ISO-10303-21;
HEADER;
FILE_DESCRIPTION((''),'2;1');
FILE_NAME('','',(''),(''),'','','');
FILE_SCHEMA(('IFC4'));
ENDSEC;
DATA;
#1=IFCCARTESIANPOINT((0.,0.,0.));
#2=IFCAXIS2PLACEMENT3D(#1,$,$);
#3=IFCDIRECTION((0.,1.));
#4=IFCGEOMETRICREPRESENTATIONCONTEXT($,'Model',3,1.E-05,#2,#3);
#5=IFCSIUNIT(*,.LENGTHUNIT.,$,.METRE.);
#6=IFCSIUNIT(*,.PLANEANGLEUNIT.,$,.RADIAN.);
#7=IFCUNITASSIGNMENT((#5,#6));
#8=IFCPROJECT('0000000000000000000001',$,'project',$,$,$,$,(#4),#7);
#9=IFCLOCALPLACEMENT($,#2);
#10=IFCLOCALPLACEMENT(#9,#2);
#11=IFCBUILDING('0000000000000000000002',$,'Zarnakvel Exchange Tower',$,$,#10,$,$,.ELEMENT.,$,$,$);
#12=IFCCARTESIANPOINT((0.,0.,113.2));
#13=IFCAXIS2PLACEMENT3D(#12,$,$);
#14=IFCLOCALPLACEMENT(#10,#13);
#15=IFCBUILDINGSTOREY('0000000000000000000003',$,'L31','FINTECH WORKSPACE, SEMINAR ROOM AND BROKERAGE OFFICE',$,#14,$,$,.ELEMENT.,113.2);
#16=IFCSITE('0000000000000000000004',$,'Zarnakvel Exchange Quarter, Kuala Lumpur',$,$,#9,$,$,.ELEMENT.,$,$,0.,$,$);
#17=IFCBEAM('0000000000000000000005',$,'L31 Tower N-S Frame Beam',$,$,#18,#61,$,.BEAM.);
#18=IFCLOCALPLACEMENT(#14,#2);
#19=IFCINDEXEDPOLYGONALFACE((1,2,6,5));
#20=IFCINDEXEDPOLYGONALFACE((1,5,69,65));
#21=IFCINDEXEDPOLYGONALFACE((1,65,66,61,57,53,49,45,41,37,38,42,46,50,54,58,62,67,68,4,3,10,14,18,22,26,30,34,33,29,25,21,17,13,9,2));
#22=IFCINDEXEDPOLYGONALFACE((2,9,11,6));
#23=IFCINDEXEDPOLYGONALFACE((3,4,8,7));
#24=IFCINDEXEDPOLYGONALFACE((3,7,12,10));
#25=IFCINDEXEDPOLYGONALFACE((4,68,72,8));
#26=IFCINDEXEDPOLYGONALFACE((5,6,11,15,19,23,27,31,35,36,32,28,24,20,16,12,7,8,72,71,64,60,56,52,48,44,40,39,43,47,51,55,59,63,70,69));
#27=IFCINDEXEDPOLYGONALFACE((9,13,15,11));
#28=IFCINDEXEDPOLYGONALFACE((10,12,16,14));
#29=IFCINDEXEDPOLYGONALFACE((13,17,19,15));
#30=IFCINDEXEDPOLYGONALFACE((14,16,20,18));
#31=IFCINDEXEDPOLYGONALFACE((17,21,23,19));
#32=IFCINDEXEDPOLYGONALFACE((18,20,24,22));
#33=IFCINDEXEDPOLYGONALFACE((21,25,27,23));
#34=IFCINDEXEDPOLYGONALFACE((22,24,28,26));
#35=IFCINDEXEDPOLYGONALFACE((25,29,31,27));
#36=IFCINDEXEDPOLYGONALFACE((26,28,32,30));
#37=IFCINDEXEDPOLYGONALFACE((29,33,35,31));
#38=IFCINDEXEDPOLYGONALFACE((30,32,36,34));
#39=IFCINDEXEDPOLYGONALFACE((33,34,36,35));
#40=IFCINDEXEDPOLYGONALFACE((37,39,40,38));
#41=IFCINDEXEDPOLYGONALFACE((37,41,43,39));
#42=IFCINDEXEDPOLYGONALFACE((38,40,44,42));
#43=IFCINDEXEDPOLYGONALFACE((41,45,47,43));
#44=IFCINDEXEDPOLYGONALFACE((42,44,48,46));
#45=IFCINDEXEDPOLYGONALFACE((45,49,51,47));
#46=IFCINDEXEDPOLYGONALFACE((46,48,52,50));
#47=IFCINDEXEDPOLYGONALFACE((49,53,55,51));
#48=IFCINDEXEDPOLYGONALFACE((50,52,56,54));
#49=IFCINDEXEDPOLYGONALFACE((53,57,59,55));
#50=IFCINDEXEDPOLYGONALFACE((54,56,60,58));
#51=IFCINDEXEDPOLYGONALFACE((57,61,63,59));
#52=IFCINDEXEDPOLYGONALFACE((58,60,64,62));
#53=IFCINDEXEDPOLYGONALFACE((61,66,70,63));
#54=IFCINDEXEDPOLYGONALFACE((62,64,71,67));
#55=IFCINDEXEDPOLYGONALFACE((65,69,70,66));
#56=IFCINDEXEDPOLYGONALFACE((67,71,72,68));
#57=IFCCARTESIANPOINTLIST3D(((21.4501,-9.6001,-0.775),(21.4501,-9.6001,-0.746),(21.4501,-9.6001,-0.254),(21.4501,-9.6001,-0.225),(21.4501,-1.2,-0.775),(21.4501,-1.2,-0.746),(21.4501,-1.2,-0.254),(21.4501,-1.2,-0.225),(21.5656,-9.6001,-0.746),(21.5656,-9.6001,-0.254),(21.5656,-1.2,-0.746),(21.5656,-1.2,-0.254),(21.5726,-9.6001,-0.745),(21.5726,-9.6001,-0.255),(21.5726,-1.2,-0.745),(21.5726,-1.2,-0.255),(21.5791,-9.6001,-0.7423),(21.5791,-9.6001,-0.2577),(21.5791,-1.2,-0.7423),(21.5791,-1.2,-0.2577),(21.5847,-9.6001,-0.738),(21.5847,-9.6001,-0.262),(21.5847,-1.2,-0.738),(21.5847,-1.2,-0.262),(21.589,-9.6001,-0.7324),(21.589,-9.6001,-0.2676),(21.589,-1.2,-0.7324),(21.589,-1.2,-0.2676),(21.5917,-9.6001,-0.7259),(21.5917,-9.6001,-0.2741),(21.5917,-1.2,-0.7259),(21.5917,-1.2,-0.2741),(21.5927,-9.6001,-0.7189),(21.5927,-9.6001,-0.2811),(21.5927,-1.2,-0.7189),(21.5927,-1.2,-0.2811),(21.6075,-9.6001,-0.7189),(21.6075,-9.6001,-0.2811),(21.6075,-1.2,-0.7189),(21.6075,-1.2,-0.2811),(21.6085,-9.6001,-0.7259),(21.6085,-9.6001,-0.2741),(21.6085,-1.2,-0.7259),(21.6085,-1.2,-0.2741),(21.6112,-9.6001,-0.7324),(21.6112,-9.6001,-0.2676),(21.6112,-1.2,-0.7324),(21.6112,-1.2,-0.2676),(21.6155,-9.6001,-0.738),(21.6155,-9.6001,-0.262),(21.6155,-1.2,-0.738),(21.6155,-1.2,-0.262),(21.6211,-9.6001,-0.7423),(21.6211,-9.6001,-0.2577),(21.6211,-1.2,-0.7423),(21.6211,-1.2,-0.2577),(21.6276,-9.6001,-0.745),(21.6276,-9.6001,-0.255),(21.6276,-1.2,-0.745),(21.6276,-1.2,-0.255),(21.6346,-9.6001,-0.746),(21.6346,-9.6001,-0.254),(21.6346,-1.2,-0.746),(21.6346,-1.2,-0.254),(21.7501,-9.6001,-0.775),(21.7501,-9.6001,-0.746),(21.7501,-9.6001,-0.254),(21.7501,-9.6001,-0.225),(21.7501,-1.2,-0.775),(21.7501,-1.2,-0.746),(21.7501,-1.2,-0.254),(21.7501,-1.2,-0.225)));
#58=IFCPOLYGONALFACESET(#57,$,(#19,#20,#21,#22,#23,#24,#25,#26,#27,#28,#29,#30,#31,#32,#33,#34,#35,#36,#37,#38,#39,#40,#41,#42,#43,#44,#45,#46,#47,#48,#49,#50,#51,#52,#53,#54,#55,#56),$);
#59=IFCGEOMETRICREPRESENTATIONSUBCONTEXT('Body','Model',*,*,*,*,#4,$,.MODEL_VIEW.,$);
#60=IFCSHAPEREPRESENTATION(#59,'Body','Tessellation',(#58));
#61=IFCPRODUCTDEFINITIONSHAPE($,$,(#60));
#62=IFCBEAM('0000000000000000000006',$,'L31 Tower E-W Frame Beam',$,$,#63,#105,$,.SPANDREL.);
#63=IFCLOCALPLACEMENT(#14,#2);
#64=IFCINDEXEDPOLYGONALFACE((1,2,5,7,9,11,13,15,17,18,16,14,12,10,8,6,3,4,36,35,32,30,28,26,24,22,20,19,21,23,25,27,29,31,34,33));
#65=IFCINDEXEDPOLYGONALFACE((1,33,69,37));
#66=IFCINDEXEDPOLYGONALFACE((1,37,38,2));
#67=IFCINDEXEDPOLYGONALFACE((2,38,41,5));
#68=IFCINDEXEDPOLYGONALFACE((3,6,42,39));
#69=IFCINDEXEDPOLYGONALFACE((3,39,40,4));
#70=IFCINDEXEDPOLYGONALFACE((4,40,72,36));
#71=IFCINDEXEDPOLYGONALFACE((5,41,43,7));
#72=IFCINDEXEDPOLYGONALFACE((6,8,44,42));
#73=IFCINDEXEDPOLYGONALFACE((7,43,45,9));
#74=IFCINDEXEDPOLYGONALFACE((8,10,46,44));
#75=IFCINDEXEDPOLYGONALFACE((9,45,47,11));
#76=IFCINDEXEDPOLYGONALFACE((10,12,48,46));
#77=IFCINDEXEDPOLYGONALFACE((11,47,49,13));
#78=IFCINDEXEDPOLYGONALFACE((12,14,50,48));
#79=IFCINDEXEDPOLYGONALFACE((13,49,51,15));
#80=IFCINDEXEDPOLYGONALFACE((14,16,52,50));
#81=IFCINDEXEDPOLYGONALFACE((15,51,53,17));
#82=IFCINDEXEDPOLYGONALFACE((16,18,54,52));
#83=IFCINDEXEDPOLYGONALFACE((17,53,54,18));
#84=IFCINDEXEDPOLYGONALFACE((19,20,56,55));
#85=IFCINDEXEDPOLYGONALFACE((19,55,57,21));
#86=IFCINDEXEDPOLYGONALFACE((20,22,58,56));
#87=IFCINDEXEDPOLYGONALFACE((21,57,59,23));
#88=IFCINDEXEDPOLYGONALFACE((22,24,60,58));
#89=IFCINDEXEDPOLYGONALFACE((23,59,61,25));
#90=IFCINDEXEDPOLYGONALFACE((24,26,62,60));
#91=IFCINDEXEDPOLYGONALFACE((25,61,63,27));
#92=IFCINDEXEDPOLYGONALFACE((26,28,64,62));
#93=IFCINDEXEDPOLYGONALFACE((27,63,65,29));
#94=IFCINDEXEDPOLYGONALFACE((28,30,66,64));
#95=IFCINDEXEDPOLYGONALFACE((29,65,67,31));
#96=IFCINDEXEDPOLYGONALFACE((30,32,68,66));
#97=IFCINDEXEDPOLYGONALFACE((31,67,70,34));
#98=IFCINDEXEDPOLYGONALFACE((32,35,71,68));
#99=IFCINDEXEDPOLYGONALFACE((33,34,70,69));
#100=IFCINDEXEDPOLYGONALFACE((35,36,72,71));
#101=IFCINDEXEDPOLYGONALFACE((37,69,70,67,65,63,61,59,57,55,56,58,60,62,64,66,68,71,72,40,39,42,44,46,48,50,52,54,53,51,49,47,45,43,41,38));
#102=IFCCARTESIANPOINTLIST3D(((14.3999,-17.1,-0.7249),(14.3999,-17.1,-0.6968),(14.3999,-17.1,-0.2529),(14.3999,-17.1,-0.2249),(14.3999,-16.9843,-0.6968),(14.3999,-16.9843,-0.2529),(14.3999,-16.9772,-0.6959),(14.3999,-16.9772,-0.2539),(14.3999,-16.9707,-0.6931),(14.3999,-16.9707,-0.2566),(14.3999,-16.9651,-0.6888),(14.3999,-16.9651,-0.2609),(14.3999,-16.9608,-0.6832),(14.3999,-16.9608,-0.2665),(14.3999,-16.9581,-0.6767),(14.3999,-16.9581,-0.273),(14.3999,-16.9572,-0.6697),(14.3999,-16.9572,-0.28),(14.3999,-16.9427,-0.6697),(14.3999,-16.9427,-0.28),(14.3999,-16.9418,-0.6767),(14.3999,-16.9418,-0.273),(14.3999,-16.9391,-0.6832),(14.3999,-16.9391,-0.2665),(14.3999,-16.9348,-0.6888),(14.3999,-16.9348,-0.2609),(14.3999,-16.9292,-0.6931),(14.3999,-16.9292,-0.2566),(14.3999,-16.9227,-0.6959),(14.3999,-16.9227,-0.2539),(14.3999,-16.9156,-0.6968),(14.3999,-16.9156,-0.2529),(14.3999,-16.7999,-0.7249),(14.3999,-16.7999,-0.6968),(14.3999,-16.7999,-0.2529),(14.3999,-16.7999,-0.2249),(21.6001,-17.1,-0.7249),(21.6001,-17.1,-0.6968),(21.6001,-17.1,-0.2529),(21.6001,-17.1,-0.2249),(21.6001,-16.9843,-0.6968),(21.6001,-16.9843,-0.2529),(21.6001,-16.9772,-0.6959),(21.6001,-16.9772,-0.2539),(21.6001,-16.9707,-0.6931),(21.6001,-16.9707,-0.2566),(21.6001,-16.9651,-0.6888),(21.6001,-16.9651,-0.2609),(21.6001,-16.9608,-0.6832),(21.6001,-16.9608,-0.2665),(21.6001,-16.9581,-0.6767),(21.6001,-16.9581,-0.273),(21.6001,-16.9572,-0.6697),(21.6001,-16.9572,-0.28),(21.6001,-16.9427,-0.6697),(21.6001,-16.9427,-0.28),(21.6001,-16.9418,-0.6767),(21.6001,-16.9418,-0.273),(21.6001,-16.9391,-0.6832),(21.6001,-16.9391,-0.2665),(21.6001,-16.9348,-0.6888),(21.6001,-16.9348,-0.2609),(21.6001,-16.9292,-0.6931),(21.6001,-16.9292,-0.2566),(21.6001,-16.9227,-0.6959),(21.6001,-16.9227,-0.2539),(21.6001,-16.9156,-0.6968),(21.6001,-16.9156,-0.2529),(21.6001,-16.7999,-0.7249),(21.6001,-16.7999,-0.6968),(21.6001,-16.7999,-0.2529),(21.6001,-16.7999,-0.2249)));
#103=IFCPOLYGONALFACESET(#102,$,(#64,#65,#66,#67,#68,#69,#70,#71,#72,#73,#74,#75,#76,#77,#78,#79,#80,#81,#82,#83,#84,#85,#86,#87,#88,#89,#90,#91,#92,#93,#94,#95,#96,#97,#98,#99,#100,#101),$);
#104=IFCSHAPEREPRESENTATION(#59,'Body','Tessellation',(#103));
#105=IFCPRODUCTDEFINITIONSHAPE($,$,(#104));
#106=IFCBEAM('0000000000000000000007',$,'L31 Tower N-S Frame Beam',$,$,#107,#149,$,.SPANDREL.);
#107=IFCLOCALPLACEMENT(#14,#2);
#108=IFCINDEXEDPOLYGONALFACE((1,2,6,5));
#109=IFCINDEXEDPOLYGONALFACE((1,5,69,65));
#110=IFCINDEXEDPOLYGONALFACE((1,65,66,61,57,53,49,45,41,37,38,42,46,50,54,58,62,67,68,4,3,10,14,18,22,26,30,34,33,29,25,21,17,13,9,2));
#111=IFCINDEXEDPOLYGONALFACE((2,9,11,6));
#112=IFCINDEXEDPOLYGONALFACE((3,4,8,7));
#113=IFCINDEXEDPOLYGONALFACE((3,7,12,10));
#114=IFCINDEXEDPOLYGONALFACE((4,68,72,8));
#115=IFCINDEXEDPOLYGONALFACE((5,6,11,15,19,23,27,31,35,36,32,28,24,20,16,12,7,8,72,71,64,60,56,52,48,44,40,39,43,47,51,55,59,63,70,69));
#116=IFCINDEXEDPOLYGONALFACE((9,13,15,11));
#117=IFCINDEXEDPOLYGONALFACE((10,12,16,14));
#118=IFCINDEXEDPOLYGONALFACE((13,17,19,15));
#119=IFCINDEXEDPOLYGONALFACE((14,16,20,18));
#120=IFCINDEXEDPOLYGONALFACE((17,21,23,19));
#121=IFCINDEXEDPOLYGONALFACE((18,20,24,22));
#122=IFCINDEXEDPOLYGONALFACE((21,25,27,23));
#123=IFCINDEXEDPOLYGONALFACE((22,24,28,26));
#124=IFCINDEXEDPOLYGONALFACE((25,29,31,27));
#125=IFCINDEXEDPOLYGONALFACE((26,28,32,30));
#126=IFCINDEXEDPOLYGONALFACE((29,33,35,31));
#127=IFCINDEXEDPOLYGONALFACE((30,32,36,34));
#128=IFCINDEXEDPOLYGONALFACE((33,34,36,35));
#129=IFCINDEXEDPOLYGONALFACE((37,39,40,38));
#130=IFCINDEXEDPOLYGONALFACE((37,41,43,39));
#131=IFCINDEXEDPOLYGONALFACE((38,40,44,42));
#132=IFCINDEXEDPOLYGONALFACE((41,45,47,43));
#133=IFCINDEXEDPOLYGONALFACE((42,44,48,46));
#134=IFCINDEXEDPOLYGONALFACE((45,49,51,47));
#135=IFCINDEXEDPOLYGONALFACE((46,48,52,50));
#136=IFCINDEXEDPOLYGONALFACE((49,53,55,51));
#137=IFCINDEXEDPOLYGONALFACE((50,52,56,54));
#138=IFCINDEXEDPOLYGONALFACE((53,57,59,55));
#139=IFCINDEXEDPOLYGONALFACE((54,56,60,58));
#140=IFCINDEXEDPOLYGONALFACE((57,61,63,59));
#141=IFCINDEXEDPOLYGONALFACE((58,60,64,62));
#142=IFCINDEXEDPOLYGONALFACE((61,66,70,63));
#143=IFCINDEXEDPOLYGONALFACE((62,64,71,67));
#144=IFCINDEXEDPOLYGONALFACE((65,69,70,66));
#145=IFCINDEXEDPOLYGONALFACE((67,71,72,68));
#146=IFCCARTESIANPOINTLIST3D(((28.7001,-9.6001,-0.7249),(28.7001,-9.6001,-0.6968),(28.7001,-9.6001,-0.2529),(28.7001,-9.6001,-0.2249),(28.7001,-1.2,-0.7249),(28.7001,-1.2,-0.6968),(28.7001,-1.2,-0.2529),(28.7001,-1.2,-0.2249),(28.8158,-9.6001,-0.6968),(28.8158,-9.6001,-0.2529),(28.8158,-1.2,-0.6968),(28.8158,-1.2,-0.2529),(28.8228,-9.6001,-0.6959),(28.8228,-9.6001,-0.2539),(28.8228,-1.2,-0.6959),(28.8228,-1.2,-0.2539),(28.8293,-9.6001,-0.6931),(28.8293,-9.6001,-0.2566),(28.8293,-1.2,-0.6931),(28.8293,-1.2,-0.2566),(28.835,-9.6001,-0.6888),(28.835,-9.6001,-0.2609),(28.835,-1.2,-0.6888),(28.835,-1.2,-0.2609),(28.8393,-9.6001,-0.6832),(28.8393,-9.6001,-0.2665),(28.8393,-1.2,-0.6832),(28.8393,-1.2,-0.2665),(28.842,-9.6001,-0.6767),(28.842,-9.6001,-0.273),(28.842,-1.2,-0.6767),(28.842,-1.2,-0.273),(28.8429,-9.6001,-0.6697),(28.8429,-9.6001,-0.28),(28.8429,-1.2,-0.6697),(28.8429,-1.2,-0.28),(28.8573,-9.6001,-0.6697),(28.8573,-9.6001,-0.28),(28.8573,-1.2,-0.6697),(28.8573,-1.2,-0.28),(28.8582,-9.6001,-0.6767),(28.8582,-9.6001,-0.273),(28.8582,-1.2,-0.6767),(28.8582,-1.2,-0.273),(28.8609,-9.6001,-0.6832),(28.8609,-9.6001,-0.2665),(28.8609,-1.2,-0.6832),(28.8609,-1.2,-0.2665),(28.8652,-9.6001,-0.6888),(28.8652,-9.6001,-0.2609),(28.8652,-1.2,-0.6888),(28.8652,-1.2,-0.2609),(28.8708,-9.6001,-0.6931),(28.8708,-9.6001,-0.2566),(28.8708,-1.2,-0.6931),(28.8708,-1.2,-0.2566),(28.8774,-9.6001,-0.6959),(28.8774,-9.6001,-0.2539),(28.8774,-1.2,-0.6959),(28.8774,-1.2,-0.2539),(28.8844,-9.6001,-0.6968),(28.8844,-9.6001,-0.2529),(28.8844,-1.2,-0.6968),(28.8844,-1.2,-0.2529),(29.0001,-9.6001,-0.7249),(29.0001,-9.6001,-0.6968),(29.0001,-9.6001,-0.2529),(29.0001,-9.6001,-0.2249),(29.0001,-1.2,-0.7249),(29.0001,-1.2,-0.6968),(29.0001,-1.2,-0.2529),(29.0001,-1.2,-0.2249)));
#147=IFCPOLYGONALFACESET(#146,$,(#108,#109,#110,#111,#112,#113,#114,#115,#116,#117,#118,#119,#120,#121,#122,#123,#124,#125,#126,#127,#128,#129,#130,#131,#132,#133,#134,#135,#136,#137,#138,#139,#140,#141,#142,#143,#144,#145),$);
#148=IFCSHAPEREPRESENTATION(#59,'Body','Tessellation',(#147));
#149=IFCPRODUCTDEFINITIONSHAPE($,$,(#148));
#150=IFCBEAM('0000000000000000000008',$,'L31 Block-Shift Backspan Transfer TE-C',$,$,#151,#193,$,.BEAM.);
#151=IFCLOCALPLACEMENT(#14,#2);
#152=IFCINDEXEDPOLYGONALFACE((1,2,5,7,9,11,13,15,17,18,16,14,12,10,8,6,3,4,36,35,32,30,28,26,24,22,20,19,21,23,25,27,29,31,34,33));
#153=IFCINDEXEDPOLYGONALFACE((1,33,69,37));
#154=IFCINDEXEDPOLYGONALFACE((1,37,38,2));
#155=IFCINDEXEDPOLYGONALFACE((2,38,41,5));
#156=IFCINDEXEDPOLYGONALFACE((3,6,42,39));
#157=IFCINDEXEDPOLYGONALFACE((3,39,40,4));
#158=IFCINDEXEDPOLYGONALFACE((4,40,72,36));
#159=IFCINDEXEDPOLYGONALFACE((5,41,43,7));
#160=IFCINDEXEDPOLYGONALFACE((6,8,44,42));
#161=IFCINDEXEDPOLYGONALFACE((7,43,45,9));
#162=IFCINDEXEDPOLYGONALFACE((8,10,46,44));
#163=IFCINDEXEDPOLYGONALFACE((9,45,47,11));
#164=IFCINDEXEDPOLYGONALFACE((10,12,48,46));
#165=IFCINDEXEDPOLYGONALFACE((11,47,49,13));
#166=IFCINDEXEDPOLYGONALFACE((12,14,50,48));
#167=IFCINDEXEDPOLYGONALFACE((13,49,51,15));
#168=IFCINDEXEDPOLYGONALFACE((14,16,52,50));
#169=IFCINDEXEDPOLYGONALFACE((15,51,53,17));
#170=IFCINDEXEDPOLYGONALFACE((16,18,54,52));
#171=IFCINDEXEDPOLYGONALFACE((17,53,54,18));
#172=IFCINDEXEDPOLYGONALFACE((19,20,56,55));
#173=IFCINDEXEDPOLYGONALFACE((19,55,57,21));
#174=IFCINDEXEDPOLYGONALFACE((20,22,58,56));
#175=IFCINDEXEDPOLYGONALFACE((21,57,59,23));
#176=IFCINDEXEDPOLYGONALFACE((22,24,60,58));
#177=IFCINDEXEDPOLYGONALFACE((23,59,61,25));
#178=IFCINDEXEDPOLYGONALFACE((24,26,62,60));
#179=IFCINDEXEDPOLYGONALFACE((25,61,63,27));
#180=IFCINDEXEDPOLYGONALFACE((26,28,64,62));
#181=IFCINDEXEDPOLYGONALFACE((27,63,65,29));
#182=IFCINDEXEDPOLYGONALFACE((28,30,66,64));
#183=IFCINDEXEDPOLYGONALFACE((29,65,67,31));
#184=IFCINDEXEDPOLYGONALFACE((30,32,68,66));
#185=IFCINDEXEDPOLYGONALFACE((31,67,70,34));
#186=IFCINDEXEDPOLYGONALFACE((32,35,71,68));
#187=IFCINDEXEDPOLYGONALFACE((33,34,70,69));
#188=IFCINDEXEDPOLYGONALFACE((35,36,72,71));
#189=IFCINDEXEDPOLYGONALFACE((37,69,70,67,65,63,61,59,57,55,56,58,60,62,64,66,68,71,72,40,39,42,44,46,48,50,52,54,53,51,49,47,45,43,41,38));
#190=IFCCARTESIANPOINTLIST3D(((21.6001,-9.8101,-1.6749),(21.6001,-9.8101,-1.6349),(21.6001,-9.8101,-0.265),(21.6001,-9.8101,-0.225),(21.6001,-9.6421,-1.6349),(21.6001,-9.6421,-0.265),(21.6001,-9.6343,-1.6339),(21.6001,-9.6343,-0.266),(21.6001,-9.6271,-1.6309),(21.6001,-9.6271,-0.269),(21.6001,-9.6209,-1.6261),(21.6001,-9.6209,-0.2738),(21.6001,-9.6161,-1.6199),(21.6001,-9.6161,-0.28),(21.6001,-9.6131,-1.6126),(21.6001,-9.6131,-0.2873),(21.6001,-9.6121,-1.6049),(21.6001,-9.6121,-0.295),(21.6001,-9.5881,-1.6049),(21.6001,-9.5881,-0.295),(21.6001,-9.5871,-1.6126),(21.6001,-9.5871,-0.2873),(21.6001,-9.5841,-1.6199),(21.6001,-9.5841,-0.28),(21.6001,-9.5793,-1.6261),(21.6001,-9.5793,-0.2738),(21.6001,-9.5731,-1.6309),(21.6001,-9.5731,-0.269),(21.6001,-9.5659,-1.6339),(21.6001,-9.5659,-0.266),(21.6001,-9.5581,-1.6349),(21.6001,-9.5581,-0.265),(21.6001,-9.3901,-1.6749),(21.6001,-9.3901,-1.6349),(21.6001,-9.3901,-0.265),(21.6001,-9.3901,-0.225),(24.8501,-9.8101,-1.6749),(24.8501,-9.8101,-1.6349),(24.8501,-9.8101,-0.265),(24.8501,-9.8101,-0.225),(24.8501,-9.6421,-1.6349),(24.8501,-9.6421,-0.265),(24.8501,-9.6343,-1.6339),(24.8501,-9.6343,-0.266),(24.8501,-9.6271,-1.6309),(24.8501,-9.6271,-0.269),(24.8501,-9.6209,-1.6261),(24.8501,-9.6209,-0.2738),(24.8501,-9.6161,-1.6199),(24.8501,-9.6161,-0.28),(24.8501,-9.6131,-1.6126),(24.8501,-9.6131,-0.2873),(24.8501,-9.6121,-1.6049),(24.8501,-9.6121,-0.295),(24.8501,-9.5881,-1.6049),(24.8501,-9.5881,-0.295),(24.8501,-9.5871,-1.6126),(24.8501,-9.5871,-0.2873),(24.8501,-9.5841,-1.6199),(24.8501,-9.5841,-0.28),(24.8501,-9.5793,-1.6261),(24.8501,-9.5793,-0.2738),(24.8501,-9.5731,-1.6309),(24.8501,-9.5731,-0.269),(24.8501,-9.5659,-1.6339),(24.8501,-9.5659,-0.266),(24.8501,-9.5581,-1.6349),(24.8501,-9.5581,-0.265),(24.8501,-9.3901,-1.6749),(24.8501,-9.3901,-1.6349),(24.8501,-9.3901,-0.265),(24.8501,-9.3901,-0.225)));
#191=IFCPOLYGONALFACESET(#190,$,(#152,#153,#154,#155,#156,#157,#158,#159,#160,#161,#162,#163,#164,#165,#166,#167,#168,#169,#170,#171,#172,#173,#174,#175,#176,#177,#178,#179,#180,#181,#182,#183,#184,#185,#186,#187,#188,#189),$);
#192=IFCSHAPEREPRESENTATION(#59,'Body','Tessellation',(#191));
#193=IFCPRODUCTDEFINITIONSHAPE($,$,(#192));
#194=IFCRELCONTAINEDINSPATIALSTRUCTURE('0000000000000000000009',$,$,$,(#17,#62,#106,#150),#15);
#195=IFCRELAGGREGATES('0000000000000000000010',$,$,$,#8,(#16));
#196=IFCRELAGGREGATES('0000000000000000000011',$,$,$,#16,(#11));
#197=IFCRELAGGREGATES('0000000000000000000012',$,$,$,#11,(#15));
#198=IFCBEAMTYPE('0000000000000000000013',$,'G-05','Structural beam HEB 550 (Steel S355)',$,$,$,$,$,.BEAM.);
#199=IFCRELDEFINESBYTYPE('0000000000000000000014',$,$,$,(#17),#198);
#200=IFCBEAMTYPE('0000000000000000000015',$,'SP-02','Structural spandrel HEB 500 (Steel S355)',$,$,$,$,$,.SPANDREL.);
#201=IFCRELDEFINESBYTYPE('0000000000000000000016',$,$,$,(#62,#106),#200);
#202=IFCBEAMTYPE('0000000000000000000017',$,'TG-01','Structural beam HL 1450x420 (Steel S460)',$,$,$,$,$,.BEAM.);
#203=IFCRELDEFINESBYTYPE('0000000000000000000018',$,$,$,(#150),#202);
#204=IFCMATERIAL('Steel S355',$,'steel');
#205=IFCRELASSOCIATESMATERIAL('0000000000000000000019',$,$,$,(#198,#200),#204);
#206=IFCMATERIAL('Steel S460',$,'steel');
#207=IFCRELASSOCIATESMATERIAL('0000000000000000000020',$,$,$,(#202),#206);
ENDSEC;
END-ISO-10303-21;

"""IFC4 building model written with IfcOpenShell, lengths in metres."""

from ifc_helpers import new_model, si_unit, direction, frame, origin, origin_2d, place, context, subcontext, project, spatial, i_section, extrude, material, material_profile, profile_set, type_object, element, save


model = new_model("IFC4")

# Units and contexts
model_context = context("Model", 3, precision=1e-05, world=origin(), true_north=direction((0.0, 1.0)))
body_context = subcontext(model_context, "Body", "Model", "MODEL_VIEW")
ifc_project = project(units=[si_unit("LENGTHUNIT", "METRE"), si_unit("PLANEANGLEUNIT", "RADIAN")], contexts=[model_context])

# Site, building, storey
site_placement = place(None, origin())
site = spatial("IfcSite", under=ifc_project, at=site_placement, Name="Zarnakvel Exchange Quarter, Kuala Lumpur", CompositionType="ELEMENT", RefElevation=0.0)
building_placement = place(site_placement, origin())
building = spatial("IfcBuilding", under=site, at=building_placement, Name="Zarnakvel Exchange Tower", CompositionType="ELEMENT")
storey_placement = place(building_placement, frame((0.0, 0.0, 113.2)))
storey = spatial("IfcBuildingStorey", under=building, at=storey_placement, Name="L31", Description="FINTECH WORKSPACE, SEMINAR ROOM AND BROKERAGE OFFICE", CompositionType="ELEMENT", Elevation=113.2)

# Shared definitions
ifc_material_1 = material(Name="Steel S355", Category="steel")

# Beams
ifc_material_profile_1 = material_profile(ifc_material_1, i_section(OverallWidth=0.3, OverallDepth=0.55, WebThickness=0.0149, FlangeThickness=0.0291, FilletRadius=0.0271, at=origin_2d()))
ifc_profile_set_1 = profile_set([ifc_material_profile_1], Name="Steel S355")
beam_type_1 = type_object("IfcBeamType", Name="G-05", Description="Structural beam HEB 550 (Steel S355)", PredefinedType="BEAM", material=ifc_profile_set_1)
beam_1_placement = place(storey_placement, frame((21.6001, -9.6001, -0.5), z_axis=(0.0, 1.0, 0.0), x_axis=(-1.0, 0.0, 0.0)))
element("IfcBeam", 1, at=beam_1_placement, inside=storey, type_object=beam_type_1, Name="L31 Tower N-S Frame Beam", PredefinedType="BEAM", context=body_context, shape_type="SweptSolid", body=[
    extrude(i_section(OverallWidth=0.3, OverallDepth=0.55, WebThickness=0.0149, FlangeThickness=0.0291, FilletRadius=0.0271, at=origin_2d()), origin(), (0.0, 0.0, 1.0), 8.4001),
])
ifc_material_profile_2 = material_profile(ifc_material_1, i_section(OverallWidth=0.3, OverallDepth=0.5, WebThickness=0.0144, FlangeThickness=0.0281, FilletRadius=0.0271, at=origin_2d()))
ifc_profile_set_2 = profile_set([ifc_material_profile_2], Name="Steel S355")
beam_type_2 = type_object("IfcBeamType", Name="SP-02", Description="Structural spandrel HEB 500 (Steel S355)", PredefinedType="SPANDREL", material=ifc_profile_set_2)
beam_2_placement = place(storey_placement, frame((14.3999, -16.95, -0.4749), z_axis=(1.0, 0.0, 0.0), x_axis=(0.0, 1.0, 0.0)))
element("IfcBeam", 2, at=beam_2_placement, inside=storey, type_object=beam_type_2, Name="L31 Tower E-W Frame Beam", PredefinedType="SPANDREL", context=body_context, shape_type="SweptSolid", body=[
    extrude(i_section(OverallWidth=0.3, OverallDepth=0.5, WebThickness=0.0144, FlangeThickness=0.0281, FilletRadius=0.0271, at=origin_2d()), origin(), (0.0, 0.0, 1.0), 7.2002),
])
beam_3_placement = place(storey_placement, frame((28.8501, -9.6001, -0.4749), z_axis=(0.0, 1.0, 0.0), x_axis=(-1.0, 0.0, 0.0)))
element("IfcBeam", 3, at=beam_3_placement, inside=storey, type_object=beam_type_2, Name="L31 Tower N-S Frame Beam", PredefinedType="SPANDREL", context=body_context, shape_type="SweptSolid", body=[
    extrude(i_section(OverallWidth=0.3, OverallDepth=0.5, WebThickness=0.0144, FlangeThickness=0.0281, FilletRadius=0.0271, at=origin_2d()), origin(), (0.0, 0.0, 1.0), 8.4001),
])
ifc_material_2 = material(Name="Steel S460", Category="steel")
ifc_material_profile_3 = material_profile(ifc_material_2, i_section(OverallWidth=0.4199, OverallDepth=1.45, WebThickness=0.0239, FlangeThickness=0.04, FilletRadius=0.03, at=origin_2d()))
ifc_profile_set_3 = profile_set([ifc_material_profile_3], Name="Steel S460")
beam_type_3 = type_object("IfcBeamType", Name="TG-01", Description="Structural beam HL 1450x420 (Steel S460)", PredefinedType="BEAM", material=ifc_profile_set_3)
beam_4_placement = place(storey_placement, frame((21.6001, -9.6001, -0.95), z_axis=(1.0, 0.0, 0.0), x_axis=(0.0, 1.0, 0.0)))
element("IfcBeam", 4, at=beam_4_placement, inside=storey, type_object=beam_type_3, Name="L31 Block-Shift Backspan Transfer TE-C", PredefinedType="BEAM", context=body_context, shape_type="SweptSolid", body=[
    extrude(i_section(OverallWidth=0.4199, OverallDepth=1.45, WebThickness=0.0239, FlangeThickness=0.04, FilletRadius=0.03, at=origin_2d()), origin(), (0.0, 0.0, 1.0), 3.25),
])

save(model, "model.ifc")
